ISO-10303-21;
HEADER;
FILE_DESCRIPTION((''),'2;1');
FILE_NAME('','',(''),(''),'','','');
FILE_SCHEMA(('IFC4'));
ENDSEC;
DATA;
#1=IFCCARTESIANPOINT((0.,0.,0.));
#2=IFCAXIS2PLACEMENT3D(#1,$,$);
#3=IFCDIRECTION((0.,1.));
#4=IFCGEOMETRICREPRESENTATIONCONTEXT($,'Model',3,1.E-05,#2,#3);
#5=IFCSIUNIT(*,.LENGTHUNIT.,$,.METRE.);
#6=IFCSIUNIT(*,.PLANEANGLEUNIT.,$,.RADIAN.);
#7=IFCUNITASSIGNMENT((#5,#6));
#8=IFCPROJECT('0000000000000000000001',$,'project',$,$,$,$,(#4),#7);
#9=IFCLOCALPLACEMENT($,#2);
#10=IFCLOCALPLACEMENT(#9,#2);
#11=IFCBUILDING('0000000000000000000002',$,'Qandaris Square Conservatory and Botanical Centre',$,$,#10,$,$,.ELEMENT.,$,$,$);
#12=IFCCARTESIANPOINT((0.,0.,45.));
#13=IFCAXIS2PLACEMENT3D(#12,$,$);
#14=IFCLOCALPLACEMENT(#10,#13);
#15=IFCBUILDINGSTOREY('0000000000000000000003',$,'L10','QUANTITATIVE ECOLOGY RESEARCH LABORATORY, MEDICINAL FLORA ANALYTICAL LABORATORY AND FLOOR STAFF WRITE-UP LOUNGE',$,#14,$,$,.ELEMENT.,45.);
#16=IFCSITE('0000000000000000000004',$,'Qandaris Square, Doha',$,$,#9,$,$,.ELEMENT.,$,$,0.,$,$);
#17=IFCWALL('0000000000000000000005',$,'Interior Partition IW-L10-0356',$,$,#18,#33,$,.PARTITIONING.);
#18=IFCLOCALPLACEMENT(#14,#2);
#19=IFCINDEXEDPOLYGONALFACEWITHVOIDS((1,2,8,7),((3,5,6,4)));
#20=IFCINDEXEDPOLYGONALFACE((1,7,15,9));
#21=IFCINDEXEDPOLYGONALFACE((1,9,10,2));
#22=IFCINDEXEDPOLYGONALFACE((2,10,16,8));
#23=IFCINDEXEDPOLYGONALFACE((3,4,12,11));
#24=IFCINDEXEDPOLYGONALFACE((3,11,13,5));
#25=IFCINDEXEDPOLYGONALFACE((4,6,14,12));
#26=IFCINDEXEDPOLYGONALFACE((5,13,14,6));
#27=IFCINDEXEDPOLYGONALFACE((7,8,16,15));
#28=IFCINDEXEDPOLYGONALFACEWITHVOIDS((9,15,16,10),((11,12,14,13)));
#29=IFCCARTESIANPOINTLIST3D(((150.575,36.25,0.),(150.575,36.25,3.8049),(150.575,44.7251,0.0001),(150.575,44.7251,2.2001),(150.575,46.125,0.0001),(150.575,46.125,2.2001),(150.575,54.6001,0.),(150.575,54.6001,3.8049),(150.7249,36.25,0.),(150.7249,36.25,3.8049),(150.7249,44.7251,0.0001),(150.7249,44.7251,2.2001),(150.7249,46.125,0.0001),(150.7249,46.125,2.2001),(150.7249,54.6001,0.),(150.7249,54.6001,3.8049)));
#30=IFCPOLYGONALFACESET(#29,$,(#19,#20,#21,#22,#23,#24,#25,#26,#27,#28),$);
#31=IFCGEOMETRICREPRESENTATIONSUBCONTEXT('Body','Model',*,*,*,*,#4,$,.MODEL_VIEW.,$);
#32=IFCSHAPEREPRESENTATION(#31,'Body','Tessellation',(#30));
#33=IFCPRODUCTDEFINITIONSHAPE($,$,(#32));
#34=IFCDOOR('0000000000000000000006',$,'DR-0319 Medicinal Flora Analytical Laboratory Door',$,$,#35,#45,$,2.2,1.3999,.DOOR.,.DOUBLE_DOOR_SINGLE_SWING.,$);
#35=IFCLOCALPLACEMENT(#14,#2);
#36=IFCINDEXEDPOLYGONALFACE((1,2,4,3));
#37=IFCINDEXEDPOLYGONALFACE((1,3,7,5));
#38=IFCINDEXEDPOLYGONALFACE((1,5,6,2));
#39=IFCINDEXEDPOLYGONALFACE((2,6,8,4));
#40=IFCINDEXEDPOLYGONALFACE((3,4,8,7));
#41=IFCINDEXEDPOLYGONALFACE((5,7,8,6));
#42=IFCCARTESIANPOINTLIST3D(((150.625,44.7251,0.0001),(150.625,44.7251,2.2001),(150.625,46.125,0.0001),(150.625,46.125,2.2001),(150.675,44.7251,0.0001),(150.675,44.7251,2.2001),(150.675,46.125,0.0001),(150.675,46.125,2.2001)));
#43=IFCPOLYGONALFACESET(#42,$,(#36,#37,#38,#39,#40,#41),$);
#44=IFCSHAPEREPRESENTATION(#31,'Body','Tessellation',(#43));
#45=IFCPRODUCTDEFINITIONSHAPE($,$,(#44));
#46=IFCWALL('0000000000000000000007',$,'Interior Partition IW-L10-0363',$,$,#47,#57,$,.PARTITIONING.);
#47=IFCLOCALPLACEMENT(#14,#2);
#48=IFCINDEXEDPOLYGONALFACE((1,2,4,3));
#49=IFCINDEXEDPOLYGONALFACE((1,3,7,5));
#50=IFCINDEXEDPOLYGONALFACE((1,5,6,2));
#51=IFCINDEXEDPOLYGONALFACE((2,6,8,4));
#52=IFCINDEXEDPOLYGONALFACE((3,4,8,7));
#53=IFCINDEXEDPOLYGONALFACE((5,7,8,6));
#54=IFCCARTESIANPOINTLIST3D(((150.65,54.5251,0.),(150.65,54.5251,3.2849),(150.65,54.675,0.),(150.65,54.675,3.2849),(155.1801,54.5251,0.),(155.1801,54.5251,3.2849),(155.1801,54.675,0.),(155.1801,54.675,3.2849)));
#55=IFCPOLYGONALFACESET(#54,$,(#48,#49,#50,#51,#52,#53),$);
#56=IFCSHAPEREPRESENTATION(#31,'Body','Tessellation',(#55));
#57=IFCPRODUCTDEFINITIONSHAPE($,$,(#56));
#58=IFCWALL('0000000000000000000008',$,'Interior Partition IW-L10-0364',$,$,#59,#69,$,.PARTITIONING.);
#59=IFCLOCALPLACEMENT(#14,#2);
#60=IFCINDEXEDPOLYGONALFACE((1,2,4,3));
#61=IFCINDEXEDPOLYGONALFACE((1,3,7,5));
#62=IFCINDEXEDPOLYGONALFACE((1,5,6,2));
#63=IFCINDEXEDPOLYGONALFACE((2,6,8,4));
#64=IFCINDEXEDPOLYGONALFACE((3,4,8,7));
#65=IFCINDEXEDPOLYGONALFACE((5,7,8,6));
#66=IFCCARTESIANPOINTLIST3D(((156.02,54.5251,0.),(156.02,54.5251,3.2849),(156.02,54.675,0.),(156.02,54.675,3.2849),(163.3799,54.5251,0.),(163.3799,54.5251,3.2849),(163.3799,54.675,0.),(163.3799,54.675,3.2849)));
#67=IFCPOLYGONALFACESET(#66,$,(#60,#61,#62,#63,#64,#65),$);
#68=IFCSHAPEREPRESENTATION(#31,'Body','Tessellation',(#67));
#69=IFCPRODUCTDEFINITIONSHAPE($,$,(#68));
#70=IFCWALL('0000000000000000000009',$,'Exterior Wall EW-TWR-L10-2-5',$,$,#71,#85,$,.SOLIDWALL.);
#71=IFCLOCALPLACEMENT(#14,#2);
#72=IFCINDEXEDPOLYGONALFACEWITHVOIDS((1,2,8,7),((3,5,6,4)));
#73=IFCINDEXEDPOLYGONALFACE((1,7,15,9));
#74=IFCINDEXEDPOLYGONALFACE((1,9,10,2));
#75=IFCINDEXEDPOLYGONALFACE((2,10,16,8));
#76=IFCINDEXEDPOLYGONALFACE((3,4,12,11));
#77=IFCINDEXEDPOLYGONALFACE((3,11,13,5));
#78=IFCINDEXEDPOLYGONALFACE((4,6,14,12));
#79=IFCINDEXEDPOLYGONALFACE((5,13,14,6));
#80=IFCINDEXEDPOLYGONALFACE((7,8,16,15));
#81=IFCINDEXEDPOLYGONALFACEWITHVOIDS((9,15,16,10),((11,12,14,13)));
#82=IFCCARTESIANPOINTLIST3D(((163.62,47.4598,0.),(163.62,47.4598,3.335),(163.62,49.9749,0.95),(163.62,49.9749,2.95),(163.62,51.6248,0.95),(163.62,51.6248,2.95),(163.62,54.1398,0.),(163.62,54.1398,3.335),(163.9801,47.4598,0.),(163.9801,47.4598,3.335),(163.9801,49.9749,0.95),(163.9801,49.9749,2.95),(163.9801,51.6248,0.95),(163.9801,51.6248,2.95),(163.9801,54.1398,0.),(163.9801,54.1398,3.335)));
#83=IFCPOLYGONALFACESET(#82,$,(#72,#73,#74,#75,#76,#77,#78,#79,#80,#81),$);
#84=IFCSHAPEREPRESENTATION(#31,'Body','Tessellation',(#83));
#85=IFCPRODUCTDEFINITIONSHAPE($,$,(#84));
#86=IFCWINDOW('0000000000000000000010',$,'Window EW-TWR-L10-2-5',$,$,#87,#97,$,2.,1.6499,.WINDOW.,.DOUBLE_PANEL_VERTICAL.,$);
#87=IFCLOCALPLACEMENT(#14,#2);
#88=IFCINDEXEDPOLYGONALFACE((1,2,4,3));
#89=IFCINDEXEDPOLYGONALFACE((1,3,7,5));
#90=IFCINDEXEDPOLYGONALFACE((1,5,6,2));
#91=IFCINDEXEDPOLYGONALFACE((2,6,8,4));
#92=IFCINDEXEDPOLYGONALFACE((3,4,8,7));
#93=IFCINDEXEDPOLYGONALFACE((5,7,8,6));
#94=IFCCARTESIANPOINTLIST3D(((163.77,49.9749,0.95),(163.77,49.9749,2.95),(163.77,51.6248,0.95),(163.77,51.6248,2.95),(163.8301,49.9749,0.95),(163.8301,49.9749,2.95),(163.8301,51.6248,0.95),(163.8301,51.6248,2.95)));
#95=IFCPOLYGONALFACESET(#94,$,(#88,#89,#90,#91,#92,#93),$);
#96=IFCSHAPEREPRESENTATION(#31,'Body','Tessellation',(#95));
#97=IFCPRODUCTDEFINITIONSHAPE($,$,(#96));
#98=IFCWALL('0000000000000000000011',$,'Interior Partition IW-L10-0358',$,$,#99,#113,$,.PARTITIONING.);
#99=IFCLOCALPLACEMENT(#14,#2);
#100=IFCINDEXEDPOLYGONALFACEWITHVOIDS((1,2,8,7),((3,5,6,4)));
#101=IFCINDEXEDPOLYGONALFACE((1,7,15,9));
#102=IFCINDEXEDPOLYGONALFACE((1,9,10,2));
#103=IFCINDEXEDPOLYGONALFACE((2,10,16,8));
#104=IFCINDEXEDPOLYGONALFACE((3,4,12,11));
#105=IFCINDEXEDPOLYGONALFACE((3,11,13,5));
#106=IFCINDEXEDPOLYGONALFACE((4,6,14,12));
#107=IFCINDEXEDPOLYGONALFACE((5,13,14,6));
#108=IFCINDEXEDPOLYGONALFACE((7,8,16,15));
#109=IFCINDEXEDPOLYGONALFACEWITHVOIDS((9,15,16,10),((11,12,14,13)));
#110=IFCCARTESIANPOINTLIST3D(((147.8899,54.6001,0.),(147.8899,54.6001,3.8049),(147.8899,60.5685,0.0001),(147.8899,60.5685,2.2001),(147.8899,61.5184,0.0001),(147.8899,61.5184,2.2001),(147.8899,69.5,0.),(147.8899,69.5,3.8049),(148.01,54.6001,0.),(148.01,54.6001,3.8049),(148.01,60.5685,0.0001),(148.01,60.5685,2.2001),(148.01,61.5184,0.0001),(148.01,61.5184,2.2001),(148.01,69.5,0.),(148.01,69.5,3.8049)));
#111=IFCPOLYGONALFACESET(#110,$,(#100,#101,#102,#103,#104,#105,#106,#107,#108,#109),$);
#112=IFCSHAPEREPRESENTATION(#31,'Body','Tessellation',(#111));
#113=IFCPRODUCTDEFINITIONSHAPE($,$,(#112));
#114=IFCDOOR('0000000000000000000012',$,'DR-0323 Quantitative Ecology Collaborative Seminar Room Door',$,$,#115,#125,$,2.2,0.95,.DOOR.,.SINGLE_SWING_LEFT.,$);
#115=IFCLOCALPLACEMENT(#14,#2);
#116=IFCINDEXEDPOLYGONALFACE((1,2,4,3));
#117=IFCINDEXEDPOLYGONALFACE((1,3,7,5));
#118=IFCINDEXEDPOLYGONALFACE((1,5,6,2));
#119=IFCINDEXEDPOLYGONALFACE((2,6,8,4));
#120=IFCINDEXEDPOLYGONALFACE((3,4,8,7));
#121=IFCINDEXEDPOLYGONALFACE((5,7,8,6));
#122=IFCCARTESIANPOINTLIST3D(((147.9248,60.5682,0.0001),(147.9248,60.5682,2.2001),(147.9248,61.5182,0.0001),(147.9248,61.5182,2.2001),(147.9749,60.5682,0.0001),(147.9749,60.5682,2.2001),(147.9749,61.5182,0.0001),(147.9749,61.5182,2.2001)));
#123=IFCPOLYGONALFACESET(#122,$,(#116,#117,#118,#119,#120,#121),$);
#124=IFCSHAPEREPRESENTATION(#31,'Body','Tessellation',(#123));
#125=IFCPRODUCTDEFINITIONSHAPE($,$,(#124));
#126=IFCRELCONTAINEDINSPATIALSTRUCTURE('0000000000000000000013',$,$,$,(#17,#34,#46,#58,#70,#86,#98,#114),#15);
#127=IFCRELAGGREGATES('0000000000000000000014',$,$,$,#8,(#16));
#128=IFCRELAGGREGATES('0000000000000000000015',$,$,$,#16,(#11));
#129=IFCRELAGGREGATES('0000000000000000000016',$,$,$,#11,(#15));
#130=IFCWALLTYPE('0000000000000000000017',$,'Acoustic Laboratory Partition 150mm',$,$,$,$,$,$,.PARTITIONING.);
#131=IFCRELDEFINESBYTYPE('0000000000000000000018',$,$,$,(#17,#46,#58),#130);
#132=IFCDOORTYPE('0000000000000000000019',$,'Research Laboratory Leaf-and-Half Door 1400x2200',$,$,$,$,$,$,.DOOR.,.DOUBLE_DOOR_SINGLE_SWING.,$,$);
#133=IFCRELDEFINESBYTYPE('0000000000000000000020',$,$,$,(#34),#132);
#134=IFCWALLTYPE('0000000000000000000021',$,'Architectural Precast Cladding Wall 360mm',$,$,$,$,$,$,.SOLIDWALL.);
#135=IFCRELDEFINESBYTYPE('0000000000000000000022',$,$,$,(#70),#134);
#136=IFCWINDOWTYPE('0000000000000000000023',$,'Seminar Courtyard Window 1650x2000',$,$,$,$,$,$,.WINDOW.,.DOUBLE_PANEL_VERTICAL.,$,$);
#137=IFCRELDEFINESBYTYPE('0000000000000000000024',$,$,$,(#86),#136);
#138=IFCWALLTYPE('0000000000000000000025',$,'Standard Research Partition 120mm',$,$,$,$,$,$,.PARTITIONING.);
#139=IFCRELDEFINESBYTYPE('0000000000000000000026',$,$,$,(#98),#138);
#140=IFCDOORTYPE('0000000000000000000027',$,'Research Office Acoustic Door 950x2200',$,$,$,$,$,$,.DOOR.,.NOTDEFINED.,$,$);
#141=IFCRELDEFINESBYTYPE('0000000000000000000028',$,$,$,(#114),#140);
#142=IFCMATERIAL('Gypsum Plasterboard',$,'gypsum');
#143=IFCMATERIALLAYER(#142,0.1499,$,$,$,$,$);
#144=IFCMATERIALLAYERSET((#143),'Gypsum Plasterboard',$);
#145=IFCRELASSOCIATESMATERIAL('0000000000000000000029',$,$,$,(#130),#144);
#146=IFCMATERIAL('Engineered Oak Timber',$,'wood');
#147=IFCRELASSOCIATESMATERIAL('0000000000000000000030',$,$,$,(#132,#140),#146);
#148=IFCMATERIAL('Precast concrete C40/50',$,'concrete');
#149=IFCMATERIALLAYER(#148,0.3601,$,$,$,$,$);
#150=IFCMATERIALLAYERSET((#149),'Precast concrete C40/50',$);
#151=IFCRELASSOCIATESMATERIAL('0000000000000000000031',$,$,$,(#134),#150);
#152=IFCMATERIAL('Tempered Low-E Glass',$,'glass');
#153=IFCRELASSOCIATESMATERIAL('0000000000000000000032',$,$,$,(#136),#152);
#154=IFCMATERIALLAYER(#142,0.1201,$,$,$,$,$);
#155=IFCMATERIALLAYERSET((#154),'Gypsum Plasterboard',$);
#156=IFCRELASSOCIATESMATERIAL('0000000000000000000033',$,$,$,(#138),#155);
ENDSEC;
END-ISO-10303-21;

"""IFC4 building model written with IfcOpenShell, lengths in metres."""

from ifc_helpers import new_model, si_unit, direction, frame, frame_2d, origin, place, context, subcontext, project, spatial, rectangle, extrude, material, layer, layer_set, type_object, element, fill, save


model = new_model("IFC4")

# Units and contexts
model_context = context("Model", 3, precision=1e-05, world=origin(), true_north=direction((0.0, 1.0)))
body_context = subcontext(model_context, "Body", "Model", "MODEL_VIEW")
ifc_project = project(units=[si_unit("LENGTHUNIT", "METRE"), si_unit("PLANEANGLEUNIT", "RADIAN")], contexts=[model_context])

# Site, building, storey
site_placement = place(None, origin())
site = spatial("IfcSite", under=ifc_project, at=site_placement, Name="Qandaris Square, Doha", CompositionType="ELEMENT", RefElevation=0.0)
building_placement = place(site_placement, origin())
building = spatial("IfcBuilding", under=site, at=building_placement, Name="Qandaris Square Conservatory and Botanical Centre", CompositionType="ELEMENT")
storey_placement = place(building_placement, frame((0.0, 0.0, 45.0)))
storey = spatial("IfcBuildingStorey", under=building, at=storey_placement, Name="L10", Description="QUANTITATIVE ECOLOGY RESEARCH LABORATORY, MEDICINAL FLORA ANALYTICAL LABORATORY AND FLOOR STAFF WRITE-UP LOUNGE", CompositionType="ELEMENT", Elevation=45.0)

# Wall, opening, door
ifc_material_1 = material(Name="Gypsum Plasterboard", Category="gypsum")
ifc_layer_1 = layer(ifc_material_1, 0.1499)
ifc_layer_set_1 = layer_set([ifc_layer_1], Name="Gypsum Plasterboard")
wall_type_1 = type_object("IfcWallType", Name="Acoustic Laboratory Partition 150mm", PredefinedType="PARTITIONING", material=ifc_layer_set_1)
wall_1_placement = place(storey_placement, frame((150.6499, 54.6001, 0.0), z_axis=(0.0, 0.0, 1.0), x_axis=(0.0, -1.0, 0.0)))
wall_1 = element("IfcWall", 1, at=wall_1_placement, inside=storey, type_object=wall_type_1, Name="Interior Partition IW-L10-0356", PredefinedType="PARTITIONING", context=body_context, shape_type="SweptSolid", body=[
    extrude(rectangle(XDim=18.3501, YDim=0.1499, at=frame_2d((9.175, 0.0))), origin(), (0.0, 0.0, 1.0), 3.8049),
])
opening_1_placement = place(wall_1_placement, frame((8.4751, 0.0, 0.0)))
opening_1 = element("IfcOpeningElement", 2, at=opening_1_placement, cuts=wall_1, PredefinedType="OPENING", context=body_context, shape_type="SweptSolid", body=[
    extrude(rectangle(XDim=1.3999, YDim=2.2, at=frame_2d((0.7, 1.1001))), frame((0.0, 0.0869, 0.0), z_axis=(0.0, -1.0, 0.0), x_axis=(1.0, 0.0, 0.0)), (0.0, 0.0, 1.0), 0.1738),
])
ifc_material_2 = material(Name="Engineered Oak Timber", Category="wood")
door_type_1 = type_object("IfcDoorType", Name="Research Laboratory Leaf-and-Half Door 1400x2200", OperationType="DOUBLE_DOOR_SINGLE_SWING", PredefinedType="DOOR", material=ifc_material_2)
door_1_placement = place(opening_1_placement, frame((1.3999, 0.0, 0.0), z_axis=(0.0, 0.0, 1.0), x_axis=(-1.0, 0.0, 0.0)))
door_1 = element("IfcDoor", 3, at=door_1_placement, inside=storey, type_object=door_type_1, Name="DR-0319 Medicinal Flora Analytical Laboratory Door", OperationType="DOUBLE_DOOR_SINGLE_SWING", OverallHeight=2.2, OverallWidth=1.3999, PredefinedType="DOOR", context=body_context, shape_type="SweptSolid", body=[
    extrude(rectangle(XDim=1.3999, YDim=2.2, at=frame_2d((0.7, 1.1001))), frame((0.0, 0.0249, 0.0), z_axis=(0.0, -1.0, 0.0), x_axis=(1.0, 0.0, 0.0)), (0.0, 0.0, 1.0), 0.05),
])
fill(opening_1, door_1)

# Walls
wall_2_placement = place(storey_placement, frame((150.6499, 54.6001, 0.0), z_axis=(0.0, 0.0, 1.0), x_axis=(1.0, 0.0, 0.0)))
element("IfcWall", 4, at=wall_2_placement, inside=storey, type_object=wall_type_1, Name="Interior Partition IW-L10-0363", PredefinedType="PARTITIONING", context=body_context, shape_type="SweptSolid", body=[
    extrude(rectangle(XDim=4.53, YDim=0.1499, at=frame_2d((2.2651, 0.0))), origin(), (0.0, 0.0, 1.0), 3.2849),
])
wall_3_placement = place(storey_placement, frame((156.02, 54.6001, 0.0), z_axis=(0.0, 0.0, 1.0), x_axis=(1.0, 0.0, 0.0)))
element("IfcWall", 5, at=wall_3_placement, inside=storey, type_object=wall_type_1, Name="Interior Partition IW-L10-0364", PredefinedType="PARTITIONING", context=body_context, shape_type="SweptSolid", body=[
    extrude(rectangle(XDim=7.3599, YDim=0.1499, at=frame_2d((3.6799, 0.0))), origin(), (0.0, 0.0, 1.0), 3.2849),
])

# Wall, opening, window
ifc_material_3 = material(Name="Precast concrete C40/50", Category="concrete")
ifc_layer_2 = layer(ifc_material_3, 0.3601)
ifc_layer_set_2 = layer_set([ifc_layer_2], Name="Precast concrete C40/50")
wall_type_2 = type_object("IfcWallType", Name="Architectural Precast Cladding Wall 360mm", PredefinedType="SOLIDWALL", material=ifc_layer_set_2)
wall_4_placement = place(storey_placement, frame((163.8, 47.46, 0.0), z_axis=(0.0, 0.0, 1.0), x_axis=(0.0, 1.0, 0.0)))
wall_4 = element("IfcWall", 6, at=wall_4_placement, inside=storey, type_object=wall_type_2, Name="Exterior Wall EW-TWR-L10-2-5", PredefinedType="SOLIDWALL", context=body_context, shape_type="SweptSolid", body=[
    extrude(rectangle(XDim=6.6799, YDim=0.3601, at=frame_2d((3.3398, 0.0))), origin(), (0.0, 0.0, 1.0), 3.335),
])
opening_2_placement = place(wall_4_placement, frame((2.5149, 0.0, 0.95)))
opening_2 = element("IfcOpeningElement", 7, at=opening_2_placement, cuts=wall_4, PredefinedType="OPENING", context=body_context, shape_type="SweptSolid", body=[
    extrude(rectangle(XDim=1.6499, YDim=2.0, at=frame_2d((0.825, 1.0))), frame((0.0, 0.1919, 0.0), z_axis=(0.0, -1.0, 0.0), x_axis=(1.0, 0.0, 0.0)), (0.0, 0.0, 1.0), 0.384),
])
ifc_material_4 = material(Name="Tempered Low-E Glass", Category="glass")
window_type = type_object("IfcWindowType", Name="Seminar Courtyard Window 1650x2000", PartitioningType="DOUBLE_PANEL_VERTICAL", PredefinedType="WINDOW", material=ifc_material_4)
window_placement = place(opening_2_placement, origin())
window = element("IfcWindow", 8, at=window_placement, inside=storey, type_object=window_type, Name="Window EW-TWR-L10-2-5", OverallHeight=2.0, OverallWidth=1.6499, PartitioningType="DOUBLE_PANEL_VERTICAL", PredefinedType="WINDOW", context=body_context, shape_type="SweptSolid", body=[
    extrude(rectangle(XDim=1.6499, YDim=2.0, at=frame_2d((0.825, 1.0))), frame((0.0, 0.03, 0.0), z_axis=(0.0, -1.0, 0.0), x_axis=(1.0, 0.0, 0.0)), (0.0, 0.0, 1.0), 0.0601),
])
fill(opening_2, window)

# Wall, opening, door
ifc_layer_3 = layer(ifc_material_1, 0.1201)
ifc_layer_set_3 = layer_set([ifc_layer_3], Name="Gypsum Plasterboard")
wall_type_3 = type_object("IfcWallType", Name="Standard Research Partition 120mm", PredefinedType="PARTITIONING", material=ifc_layer_set_3)
wall_5_placement = place(storey_placement, frame((147.95, 54.6001, 0.0), z_axis=(0.0, 0.0, 1.0), x_axis=(0.0, 1.0, 0.0)))
wall_5 = element("IfcWall", 9, at=wall_5_placement, inside=storey, type_object=wall_type_3, Name="Interior Partition IW-L10-0358", PredefinedType="PARTITIONING", context=body_context, shape_type="SweptSolid", body=[
    extrude(rectangle(XDim=14.8999, YDim=0.1201, at=frame_2d((7.45, 0.0))), origin(), (0.0, 0.0, 1.0), 3.8049),
])
opening_3_placement = place(wall_5_placement, frame((5.9683, 0.0, 0.0)))
opening_3 = element("IfcOpeningElement", 10, at=opening_3_placement, cuts=wall_5, PredefinedType="OPENING", context=body_context, shape_type="SweptSolid", body=[
    extrude(rectangle(XDim=0.95, YDim=2.2, at=frame_2d((0.4751, 1.1001))), frame((0.0, 0.072, 0.0), z_axis=(0.0, -1.0, 0.0), x_axis=(1.0, 0.0, 0.0)), (0.0, 0.0, 1.0), 0.144),
])
door_type_2 = type_object("IfcDoorType", Name="Research Office Acoustic Door 950x2200", OperationType="NOTDEFINED", PredefinedType="DOOR", material=ifc_material_2)
door_2_placement = place(opening_3_placement, frame((0.95, 0.0, 0.0), z_axis=(0.0, 0.0, 1.0), x_axis=(-1.0, 0.0, 0.0)))
door_2 = element("IfcDoor", 11, at=door_2_placement, inside=storey, type_object=door_type_2, Name="DR-0323 Quantitative Ecology Collaborative Seminar Room Door", OperationType="SINGLE_SWING_LEFT", OverallHeight=2.2, OverallWidth=0.95, PredefinedType="DOOR", context=body_context, shape_type="SweptSolid", body=[
    extrude(rectangle(XDim=0.95, YDim=2.2, at=frame_2d((0.4751, 1.1001))), frame((0.0, 0.0249, 0.0), z_axis=(0.0, -1.0, 0.0), x_axis=(1.0, 0.0, 0.0)), (0.0, 0.0, 1.0), 0.05),
])
fill(opening_3, door_2)

save(model, "model.ifc")
